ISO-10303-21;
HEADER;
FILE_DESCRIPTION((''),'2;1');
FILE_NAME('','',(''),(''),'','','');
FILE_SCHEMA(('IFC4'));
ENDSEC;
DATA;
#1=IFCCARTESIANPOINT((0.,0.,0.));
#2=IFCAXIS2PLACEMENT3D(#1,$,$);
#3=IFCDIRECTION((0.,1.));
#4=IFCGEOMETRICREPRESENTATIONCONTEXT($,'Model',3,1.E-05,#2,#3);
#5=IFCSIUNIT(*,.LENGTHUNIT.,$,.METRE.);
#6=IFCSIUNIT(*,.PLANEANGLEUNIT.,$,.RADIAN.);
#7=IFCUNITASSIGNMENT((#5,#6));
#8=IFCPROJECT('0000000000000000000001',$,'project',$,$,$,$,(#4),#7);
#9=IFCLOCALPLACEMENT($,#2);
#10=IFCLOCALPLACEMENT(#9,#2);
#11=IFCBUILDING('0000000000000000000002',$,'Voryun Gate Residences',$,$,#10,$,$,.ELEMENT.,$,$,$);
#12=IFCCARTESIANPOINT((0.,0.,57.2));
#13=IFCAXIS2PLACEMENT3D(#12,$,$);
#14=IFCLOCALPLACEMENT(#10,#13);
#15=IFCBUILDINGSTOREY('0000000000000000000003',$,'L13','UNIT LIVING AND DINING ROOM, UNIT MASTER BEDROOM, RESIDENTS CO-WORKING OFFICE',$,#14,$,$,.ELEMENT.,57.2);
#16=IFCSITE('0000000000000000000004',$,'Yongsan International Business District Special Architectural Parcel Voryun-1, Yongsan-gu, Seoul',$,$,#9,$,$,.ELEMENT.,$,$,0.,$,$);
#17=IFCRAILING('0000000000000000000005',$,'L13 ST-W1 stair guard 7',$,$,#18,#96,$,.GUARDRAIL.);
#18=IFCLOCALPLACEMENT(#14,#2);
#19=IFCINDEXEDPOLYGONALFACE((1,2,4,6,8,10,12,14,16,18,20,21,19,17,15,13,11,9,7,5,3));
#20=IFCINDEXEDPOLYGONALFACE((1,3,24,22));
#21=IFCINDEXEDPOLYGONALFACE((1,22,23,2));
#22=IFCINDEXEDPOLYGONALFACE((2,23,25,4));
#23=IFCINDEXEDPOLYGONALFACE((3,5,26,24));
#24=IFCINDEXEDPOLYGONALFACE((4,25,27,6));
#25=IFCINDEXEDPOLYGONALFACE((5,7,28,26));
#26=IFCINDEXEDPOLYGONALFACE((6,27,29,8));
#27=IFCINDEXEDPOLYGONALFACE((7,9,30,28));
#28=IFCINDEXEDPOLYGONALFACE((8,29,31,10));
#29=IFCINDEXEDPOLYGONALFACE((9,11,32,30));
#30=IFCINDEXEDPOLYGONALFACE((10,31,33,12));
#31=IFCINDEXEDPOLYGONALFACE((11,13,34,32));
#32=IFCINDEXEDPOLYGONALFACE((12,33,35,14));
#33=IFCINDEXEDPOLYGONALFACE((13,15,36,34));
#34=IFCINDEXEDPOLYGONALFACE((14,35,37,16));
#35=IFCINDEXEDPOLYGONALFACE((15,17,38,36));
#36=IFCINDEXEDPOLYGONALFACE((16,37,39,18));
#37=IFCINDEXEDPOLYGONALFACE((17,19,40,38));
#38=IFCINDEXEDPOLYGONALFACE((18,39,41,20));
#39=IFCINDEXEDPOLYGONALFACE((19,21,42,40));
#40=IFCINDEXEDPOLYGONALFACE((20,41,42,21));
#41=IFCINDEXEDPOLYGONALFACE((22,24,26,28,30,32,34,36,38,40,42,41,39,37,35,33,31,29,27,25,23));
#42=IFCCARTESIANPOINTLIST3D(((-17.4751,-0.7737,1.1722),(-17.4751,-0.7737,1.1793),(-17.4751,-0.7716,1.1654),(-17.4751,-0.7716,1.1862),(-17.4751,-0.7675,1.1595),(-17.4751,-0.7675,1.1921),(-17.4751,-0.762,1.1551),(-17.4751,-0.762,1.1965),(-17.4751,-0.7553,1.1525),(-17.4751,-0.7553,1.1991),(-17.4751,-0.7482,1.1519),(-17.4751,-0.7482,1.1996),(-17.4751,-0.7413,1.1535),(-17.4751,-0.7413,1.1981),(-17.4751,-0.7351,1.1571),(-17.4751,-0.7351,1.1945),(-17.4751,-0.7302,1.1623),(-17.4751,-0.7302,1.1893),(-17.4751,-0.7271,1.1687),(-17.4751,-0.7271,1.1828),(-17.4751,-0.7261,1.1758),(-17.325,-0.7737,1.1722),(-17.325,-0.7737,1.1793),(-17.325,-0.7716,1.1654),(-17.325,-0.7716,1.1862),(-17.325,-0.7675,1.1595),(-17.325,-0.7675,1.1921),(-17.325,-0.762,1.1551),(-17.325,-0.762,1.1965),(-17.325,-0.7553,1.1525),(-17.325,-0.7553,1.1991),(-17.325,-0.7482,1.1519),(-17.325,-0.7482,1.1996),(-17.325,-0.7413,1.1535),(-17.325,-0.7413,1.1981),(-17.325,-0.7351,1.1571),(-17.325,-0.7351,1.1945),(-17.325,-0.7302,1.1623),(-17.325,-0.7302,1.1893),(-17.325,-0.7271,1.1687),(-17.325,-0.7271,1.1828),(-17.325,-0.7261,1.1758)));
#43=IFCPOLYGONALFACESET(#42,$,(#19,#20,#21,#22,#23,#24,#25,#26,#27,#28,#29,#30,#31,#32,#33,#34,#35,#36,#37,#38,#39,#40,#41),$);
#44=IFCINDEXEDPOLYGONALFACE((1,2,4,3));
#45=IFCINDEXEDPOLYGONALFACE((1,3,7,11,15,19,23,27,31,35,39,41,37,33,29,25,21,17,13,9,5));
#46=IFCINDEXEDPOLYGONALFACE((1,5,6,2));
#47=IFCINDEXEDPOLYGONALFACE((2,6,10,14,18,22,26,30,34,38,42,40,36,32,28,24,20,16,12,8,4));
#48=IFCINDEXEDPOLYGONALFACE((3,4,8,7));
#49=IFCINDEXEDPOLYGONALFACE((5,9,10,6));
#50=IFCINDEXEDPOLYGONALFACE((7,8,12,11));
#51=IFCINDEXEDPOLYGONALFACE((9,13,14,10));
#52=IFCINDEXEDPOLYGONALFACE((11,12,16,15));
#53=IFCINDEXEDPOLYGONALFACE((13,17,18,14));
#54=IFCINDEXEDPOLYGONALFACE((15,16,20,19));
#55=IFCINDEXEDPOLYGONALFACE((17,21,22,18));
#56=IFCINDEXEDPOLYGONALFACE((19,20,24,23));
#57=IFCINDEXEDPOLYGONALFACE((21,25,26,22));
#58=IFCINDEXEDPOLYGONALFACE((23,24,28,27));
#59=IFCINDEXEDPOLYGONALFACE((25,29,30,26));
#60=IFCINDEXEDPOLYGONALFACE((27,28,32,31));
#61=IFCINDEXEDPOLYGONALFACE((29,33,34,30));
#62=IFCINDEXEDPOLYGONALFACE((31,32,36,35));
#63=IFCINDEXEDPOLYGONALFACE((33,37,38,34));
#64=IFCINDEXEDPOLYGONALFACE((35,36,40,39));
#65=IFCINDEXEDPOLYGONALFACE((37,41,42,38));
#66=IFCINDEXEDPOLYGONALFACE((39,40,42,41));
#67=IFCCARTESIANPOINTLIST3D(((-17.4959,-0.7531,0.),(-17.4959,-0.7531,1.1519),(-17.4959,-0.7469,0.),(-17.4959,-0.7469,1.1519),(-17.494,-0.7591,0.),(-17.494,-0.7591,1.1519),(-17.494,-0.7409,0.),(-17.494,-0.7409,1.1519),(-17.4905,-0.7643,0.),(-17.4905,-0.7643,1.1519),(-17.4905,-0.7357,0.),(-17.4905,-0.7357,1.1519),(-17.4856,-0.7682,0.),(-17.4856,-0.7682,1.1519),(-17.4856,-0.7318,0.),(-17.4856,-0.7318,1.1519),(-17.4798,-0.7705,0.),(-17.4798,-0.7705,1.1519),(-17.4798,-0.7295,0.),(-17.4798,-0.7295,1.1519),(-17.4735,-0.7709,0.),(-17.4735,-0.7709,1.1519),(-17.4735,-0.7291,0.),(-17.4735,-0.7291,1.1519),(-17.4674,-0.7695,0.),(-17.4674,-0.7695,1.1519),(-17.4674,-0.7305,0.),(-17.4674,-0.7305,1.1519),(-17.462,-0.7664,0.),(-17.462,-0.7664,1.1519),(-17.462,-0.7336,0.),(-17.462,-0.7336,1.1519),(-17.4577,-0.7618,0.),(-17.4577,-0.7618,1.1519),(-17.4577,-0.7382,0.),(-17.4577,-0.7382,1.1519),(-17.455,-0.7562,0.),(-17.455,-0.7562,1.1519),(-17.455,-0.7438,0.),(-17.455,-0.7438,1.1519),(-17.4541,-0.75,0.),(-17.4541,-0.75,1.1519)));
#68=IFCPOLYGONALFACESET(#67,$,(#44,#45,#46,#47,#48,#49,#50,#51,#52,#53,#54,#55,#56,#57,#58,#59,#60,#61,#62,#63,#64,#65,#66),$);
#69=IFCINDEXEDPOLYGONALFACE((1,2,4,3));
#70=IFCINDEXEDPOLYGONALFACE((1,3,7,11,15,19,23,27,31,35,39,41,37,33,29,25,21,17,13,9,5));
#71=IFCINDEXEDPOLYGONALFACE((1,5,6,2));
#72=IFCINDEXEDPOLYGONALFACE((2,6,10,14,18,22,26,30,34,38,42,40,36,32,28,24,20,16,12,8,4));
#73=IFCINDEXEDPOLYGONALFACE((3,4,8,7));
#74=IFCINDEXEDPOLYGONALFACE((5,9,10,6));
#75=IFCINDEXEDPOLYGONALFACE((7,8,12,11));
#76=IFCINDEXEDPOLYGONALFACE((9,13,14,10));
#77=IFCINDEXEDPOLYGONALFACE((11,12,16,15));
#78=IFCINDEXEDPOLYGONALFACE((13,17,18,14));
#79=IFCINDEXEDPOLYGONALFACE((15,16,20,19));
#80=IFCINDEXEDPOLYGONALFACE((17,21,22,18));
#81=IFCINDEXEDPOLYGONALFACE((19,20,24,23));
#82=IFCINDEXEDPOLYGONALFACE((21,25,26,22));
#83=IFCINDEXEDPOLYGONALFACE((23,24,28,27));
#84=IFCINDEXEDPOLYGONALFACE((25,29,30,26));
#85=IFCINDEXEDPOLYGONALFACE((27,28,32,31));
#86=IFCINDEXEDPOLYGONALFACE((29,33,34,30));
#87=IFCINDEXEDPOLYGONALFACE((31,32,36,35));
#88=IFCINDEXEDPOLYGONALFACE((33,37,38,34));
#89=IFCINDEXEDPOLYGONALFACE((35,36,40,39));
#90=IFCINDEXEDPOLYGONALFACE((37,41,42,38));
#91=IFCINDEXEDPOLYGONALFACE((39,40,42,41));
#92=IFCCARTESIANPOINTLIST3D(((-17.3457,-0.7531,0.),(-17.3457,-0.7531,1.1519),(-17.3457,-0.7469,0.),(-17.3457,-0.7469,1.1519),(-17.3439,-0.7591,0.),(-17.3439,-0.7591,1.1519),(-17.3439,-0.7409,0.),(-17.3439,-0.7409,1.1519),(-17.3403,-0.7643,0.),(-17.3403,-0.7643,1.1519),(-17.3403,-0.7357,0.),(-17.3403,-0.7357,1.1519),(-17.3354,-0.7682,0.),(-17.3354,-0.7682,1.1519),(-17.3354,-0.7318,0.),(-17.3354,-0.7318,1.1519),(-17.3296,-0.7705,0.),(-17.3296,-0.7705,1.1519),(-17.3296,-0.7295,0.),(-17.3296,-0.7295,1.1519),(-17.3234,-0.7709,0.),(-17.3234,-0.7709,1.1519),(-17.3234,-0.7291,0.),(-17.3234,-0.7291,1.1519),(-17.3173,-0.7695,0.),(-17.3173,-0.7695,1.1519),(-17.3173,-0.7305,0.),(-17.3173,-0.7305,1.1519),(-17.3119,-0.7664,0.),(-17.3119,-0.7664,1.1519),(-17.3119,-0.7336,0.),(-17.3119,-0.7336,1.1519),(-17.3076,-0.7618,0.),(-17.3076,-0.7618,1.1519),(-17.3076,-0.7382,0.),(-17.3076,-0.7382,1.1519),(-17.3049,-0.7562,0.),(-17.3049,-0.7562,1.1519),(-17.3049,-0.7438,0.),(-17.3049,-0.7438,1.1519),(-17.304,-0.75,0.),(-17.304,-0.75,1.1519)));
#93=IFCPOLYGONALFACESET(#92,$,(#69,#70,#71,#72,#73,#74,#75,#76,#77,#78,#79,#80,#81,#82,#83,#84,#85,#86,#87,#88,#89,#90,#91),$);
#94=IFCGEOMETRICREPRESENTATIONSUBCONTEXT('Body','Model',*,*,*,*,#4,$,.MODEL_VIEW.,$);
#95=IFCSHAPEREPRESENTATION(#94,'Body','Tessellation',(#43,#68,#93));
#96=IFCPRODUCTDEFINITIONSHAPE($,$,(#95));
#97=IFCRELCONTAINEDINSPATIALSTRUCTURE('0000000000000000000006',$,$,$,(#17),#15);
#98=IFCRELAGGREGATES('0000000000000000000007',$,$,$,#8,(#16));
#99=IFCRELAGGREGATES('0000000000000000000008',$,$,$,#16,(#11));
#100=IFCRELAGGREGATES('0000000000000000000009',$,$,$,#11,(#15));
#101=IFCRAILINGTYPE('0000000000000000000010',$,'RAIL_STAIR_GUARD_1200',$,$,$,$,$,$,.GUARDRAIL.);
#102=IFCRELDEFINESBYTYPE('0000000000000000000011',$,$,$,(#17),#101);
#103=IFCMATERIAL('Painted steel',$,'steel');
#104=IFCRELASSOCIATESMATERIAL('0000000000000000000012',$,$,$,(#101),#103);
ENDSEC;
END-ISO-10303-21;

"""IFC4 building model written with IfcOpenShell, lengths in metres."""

from ifc_helpers import new_model, si_unit, direction, frame, origin, origin_2d, place, context, subcontext, project, spatial, circle, extrude, material, type_object, element, save


model = new_model("IFC4")

# Units and contexts
model_context = context("Model", 3, precision=1e-05, world=origin(), true_north=direction((0.0, 1.0)))
body_context = subcontext(model_context, "Body", "Model", "MODEL_VIEW")
ifc_project = project(units=[si_unit("LENGTHUNIT", "METRE"), si_unit("PLANEANGLEUNIT", "RADIAN")], contexts=[model_context])

# Site, building, storey
site_placement = place(None, origin())
site = spatial("IfcSite", under=ifc_project, at=site_placement, Name="Yongsan International Business District Special Architectural Parcel Voryun-1, Yongsan-gu, Seoul", CompositionType="ELEMENT", RefElevation=0.0)
building_placement = place(site_placement, origin())
building = spatial("IfcBuilding", under=site, at=building_placement, Name="Voryun Gate Residences", CompositionType="ELEMENT")
storey_placement = place(building_placement, frame((0.0, 0.0, 57.2)))
storey = spatial("IfcBuildingStorey", under=building, at=storey_placement, Name="L13", Description="UNIT LIVING AND DINING ROOM, UNIT MASTER BEDROOM, RESIDENTS CO-WORKING OFFICE", CompositionType="ELEMENT", Elevation=57.2)

# Railing
ifc_material_1 = material(Name="Painted steel", Category="steel")
railing_type_1 = type_object("IfcRailingType", Name="RAIL_STAIR_GUARD_1200", PredefinedType="GUARDRAIL", material=ifc_material_1)
railing_1_placement = place(storey_placement, frame((-17.4751, -0.75, 0.0)))
element("IfcRailing", 1, at=railing_1_placement, inside=storey, type_object=railing_type_1, Name="L13 ST-W1 stair guard 7", PredefinedType="GUARDRAIL", context=body_context, shape_type="SweptSolid", body=[
    extrude(circle(Radius=0.0239, at=origin_2d()), frame((0.0, 0.0, 1.1758), z_axis=(1.0, 0.0, 0.0), x_axis=(0.0, 1.0, 0.0)), (0.0, 0.0, 1.0), 0.1501),
    extrude(circle(Radius=0.021, at=origin_2d()), origin(), (0.0, 0.0, 1.0), 1.1519),
    extrude(circle(Radius=0.021, at=origin_2d()), frame((0.1501, 0.0, 0.0)), (0.0, 0.0, 1.0), 1.1519),
])

save(model, "model.ifc")
